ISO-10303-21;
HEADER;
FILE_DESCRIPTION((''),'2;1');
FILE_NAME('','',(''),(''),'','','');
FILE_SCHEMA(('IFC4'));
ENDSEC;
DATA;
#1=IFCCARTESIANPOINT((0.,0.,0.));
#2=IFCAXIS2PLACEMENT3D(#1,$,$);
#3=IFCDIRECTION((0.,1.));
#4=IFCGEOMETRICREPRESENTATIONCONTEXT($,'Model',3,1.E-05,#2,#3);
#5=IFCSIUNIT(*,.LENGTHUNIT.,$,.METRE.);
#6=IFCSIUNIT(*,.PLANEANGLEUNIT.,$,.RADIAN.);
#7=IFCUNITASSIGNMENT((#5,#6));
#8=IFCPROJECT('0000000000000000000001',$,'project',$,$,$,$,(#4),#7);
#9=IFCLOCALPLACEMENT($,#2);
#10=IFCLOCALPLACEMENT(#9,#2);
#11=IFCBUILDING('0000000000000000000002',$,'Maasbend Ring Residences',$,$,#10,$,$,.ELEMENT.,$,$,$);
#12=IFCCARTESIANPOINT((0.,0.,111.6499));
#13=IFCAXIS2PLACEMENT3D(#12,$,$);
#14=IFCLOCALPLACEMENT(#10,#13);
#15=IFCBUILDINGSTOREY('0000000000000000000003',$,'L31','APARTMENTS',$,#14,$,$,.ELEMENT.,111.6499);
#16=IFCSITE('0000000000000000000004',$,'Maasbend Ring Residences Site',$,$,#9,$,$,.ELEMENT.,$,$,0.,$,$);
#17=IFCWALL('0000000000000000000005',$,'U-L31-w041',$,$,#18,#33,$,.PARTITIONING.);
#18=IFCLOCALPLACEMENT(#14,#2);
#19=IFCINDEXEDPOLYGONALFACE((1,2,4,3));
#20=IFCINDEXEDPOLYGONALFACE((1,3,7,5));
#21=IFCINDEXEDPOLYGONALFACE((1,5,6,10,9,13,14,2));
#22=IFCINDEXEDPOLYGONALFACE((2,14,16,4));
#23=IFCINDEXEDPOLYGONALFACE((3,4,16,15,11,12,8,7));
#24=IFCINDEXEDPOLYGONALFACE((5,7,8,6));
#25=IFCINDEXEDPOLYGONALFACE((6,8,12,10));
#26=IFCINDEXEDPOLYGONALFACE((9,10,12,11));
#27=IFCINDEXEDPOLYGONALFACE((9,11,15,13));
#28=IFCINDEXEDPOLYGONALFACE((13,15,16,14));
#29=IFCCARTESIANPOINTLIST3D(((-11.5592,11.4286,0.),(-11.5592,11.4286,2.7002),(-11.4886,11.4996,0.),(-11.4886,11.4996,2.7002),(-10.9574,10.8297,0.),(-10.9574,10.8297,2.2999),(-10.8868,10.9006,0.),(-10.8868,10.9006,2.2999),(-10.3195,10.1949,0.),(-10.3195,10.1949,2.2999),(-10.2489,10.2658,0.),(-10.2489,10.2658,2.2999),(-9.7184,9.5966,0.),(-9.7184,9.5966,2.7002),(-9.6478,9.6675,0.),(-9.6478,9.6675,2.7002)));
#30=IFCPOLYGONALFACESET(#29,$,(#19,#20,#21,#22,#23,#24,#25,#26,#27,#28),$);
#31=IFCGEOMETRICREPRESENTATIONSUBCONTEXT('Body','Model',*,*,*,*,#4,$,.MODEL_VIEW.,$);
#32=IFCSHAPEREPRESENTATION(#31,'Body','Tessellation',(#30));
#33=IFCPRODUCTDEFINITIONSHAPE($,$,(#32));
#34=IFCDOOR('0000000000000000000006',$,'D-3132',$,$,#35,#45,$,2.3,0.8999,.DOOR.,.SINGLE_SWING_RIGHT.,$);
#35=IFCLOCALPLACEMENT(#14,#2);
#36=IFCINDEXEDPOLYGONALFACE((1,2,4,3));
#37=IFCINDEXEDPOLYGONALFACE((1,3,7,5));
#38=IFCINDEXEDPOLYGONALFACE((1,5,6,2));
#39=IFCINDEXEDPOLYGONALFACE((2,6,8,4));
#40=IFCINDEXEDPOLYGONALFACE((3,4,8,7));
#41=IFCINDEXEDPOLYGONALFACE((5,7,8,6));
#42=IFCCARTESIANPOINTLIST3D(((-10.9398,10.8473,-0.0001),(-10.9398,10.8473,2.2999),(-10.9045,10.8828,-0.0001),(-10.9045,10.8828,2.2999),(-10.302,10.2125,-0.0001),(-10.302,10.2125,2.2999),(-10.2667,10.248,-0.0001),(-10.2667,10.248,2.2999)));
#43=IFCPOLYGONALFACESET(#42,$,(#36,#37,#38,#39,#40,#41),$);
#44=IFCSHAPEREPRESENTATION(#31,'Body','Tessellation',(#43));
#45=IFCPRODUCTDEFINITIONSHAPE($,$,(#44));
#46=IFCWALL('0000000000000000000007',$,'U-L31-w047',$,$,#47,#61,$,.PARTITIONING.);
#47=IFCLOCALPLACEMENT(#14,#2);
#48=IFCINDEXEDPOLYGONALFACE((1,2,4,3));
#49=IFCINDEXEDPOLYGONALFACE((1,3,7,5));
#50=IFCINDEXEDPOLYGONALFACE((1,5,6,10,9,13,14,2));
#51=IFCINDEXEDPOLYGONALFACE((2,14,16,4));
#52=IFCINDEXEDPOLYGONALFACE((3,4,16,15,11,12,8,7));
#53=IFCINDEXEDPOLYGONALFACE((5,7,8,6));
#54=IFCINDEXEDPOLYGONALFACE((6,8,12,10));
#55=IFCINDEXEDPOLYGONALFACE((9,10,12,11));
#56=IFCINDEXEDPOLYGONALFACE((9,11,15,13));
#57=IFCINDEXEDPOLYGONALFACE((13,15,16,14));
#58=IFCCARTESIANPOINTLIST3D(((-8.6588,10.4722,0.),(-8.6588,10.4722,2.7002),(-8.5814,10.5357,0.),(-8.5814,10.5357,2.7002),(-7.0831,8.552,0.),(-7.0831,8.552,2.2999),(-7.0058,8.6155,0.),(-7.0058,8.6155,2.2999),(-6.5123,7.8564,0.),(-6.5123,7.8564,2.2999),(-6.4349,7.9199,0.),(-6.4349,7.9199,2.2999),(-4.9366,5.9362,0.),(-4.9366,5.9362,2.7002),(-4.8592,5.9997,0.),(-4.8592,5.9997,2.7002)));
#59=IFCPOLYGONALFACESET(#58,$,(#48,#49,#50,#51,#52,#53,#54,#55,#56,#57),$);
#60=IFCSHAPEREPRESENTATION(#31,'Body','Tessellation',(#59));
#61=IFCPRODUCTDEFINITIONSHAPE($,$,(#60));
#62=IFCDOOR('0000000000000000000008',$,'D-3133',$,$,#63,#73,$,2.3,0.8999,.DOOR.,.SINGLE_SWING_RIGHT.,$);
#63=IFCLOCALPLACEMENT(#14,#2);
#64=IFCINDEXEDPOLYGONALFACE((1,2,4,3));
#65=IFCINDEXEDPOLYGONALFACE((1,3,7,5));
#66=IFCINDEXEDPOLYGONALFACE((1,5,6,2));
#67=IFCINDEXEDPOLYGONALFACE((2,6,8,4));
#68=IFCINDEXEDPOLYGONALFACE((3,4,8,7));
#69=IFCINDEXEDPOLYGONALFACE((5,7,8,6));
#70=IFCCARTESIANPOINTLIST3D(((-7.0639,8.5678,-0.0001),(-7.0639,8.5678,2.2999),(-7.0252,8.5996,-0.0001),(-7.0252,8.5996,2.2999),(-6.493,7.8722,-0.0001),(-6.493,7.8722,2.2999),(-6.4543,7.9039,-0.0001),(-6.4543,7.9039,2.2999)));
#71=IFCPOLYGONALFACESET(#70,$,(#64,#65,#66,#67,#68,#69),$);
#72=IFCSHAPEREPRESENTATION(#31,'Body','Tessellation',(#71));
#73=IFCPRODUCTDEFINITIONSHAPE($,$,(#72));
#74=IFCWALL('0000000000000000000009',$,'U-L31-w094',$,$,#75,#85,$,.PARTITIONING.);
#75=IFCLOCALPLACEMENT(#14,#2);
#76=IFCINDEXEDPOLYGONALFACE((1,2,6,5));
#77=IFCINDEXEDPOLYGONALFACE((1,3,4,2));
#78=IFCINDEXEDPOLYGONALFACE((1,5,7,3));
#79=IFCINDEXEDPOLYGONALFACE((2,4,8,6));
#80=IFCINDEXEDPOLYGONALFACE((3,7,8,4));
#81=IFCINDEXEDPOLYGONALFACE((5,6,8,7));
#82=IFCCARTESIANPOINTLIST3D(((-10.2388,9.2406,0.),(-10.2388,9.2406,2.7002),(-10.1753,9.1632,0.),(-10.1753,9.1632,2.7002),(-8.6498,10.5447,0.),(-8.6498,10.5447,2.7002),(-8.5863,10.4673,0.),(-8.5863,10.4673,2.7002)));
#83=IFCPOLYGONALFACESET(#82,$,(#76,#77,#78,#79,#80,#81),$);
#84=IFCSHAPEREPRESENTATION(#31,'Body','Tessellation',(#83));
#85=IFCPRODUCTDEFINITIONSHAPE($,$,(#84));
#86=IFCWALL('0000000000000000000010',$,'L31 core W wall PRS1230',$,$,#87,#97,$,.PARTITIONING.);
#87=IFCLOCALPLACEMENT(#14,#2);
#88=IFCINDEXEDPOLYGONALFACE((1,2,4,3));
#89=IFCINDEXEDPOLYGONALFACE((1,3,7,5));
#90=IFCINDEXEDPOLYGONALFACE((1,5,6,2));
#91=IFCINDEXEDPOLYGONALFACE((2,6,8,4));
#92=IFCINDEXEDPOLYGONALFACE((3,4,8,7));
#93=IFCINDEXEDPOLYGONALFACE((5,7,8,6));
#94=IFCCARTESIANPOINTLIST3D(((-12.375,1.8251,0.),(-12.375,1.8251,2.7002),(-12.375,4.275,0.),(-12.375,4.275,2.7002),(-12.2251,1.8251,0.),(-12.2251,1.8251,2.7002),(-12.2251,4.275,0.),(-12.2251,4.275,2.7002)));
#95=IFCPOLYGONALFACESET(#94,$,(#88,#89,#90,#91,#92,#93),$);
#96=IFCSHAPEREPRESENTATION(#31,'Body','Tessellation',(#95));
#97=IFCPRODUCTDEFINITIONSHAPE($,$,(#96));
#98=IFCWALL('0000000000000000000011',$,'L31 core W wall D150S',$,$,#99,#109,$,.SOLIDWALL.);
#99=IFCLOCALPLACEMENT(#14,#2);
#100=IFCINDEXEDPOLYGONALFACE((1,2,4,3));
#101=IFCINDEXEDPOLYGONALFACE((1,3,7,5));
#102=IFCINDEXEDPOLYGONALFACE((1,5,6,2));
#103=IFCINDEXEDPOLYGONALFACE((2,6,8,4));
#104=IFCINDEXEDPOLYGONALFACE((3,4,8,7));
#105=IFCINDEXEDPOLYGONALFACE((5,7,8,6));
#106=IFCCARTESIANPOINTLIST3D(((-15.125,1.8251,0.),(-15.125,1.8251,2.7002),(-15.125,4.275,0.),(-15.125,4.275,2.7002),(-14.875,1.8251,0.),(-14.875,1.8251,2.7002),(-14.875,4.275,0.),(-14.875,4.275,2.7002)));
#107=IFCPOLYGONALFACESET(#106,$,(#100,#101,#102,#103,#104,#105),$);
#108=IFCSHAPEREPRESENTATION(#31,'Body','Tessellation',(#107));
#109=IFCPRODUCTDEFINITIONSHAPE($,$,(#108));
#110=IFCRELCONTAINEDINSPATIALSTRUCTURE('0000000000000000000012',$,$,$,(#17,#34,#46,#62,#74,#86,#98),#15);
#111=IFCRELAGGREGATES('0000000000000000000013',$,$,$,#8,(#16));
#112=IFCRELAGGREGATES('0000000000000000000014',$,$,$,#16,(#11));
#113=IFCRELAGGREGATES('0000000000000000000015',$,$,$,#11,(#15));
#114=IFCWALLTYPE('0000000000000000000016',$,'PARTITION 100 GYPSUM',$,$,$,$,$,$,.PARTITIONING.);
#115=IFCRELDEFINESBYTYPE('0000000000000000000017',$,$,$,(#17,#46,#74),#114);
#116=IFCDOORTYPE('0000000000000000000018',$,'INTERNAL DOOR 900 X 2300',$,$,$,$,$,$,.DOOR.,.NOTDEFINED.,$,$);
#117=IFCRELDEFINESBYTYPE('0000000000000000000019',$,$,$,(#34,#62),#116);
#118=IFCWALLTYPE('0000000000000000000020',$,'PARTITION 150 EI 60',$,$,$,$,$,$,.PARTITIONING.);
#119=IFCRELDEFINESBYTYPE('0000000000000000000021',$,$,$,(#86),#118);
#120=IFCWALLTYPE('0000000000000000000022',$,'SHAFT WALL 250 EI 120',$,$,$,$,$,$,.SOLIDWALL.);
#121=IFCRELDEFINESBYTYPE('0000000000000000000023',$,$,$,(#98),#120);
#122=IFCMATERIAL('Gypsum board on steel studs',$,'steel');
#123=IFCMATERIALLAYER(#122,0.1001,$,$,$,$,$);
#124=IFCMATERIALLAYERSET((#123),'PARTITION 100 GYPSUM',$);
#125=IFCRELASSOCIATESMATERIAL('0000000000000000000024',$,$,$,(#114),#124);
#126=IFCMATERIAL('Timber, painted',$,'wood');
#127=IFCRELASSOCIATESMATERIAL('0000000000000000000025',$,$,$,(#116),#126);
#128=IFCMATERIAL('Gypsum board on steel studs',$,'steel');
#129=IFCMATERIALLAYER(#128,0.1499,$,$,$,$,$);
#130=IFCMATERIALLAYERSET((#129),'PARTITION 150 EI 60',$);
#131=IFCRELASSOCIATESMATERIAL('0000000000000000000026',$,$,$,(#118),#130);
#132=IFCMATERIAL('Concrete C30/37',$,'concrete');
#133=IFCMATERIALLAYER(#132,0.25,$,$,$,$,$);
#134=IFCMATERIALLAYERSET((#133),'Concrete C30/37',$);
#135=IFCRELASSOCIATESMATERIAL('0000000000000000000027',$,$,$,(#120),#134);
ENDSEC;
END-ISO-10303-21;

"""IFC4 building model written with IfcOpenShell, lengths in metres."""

from ifc_helpers import new_model, si_unit, direction, frame, frame_2d, origin, place, context, subcontext, project, spatial, rectangle, extrude, material, layer, layer_set, type_object, element, fill, save


model = new_model("IFC4")

# Units and contexts
model_context = context("Model", 3, precision=1e-05, world=origin(), true_north=direction((0.0, 1.0)))
body_context = subcontext(model_context, "Body", "Model", "MODEL_VIEW")
ifc_project = project(units=[si_unit("LENGTHUNIT", "METRE"), si_unit("PLANEANGLEUNIT", "RADIAN")], contexts=[model_context])

# Site, building, storey
site_placement = place(None, origin())
site = spatial("IfcSite", under=ifc_project, at=site_placement, Name="Maasbend Ring Residences Site", CompositionType="ELEMENT", RefElevation=0.0)
building_placement = place(site_placement, origin())
building = spatial("IfcBuilding", under=site, at=building_placement, Name="Maasbend Ring Residences", CompositionType="ELEMENT")
storey_placement = place(building_placement, frame((0.0, 0.0, 111.6499)))
storey = spatial("IfcBuildingStorey", under=building, at=storey_placement, Name="L31", Description="APARTMENTS", CompositionType="ELEMENT", Elevation=111.6499)

# Walls, openings, doors
ifc_material_1 = material(Name="Gypsum board on steel studs", Category="steel")
ifc_layer_1 = layer(ifc_material_1, 0.1001)
ifc_layer_set_1 = layer_set([ifc_layer_1], Name="PARTITION 100 GYPSUM")
wall_type_1 = type_object("IfcWallType", Name="PARTITION 100 GYPSUM", PredefinedType="PARTITIONING", material=ifc_layer_set_1)
wall_1_placement = place(storey_placement, frame((-11.5239, 11.4641, 0.0), z_axis=(0.0, 0.0, 1.0), x_axis=(0.708797, -0.705413, 0.0)))
wall_1 = element("IfcWall", 1, at=wall_1_placement, inside=storey, type_object=wall_type_1, Name="U-L31-w041", PredefinedType="PARTITIONING", context=body_context, shape_type="SweptSolid", body=[
    extrude(rectangle(XDim=2.5972, YDim=0.1001, at=frame_2d((1.2986, 0.0))), origin(), (0.0, 0.0, 1.0), 2.7002),
])
opening_1_placement = place(wall_1_placement, frame((0.8491, 0.0, 0.0)))
opening_1 = element("IfcOpeningElement", 2, at=opening_1_placement, cuts=wall_1, PredefinedType="OPENING", context=body_context, shape_type="SweptSolid", body=[
    extrude(rectangle(XDim=0.8999, YDim=2.3, at=frame_2d((0.45, 1.1499))), frame((0.0, 0.0601, 0.0), z_axis=(0.0, -1.0, 0.0), x_axis=(1.0, 0.0, 0.0)), (0.0, 0.0, 1.0), 0.1201),
])
ifc_material_2 = material(Name="Timber, painted", Category="wood")
door_type_1 = type_object("IfcDoorType", Name="INTERNAL DOOR 900 X 2300", OperationType="NOTDEFINED", PredefinedType="DOOR", material=ifc_material_2)
door_1_placement = place(opening_1_placement, origin())
door_1 = element("IfcDoor", 3, at=door_1_placement, inside=storey, type_object=door_type_1, Name="D-3132", OperationType="SINGLE_SWING_RIGHT", OverallHeight=2.3, OverallWidth=0.8999, PredefinedType="DOOR", context=body_context, shape_type="SweptSolid", body=[
    extrude(rectangle(XDim=0.8999, YDim=2.3, at=frame_2d((0.45, 1.1499))), frame((0.0, 0.0249, 0.0), z_axis=(0.0, -1.0, 0.0), x_axis=(1.0, 0.0, 0.0)), (0.0, 0.0, 1.0), 0.05),
])
fill(opening_1, door_1)
wall_2_placement = place(storey_placement, frame((-8.6201, 10.5039, 0.0), z_axis=(0.0, 0.0, 1.0), x_axis=(0.634359, -0.773039, 0.0)))
wall_2 = element("IfcWall", 4, at=wall_2_placement, inside=storey, type_object=wall_type_1, Name="U-L31-w047", PredefinedType="PARTITIONING", context=body_context, shape_type="SweptSolid", body=[
    extrude(rectangle(XDim=5.8677, YDim=0.1001, at=frame_2d((2.9338, 0.0))), origin(), (0.0, 0.0, 1.0), 2.7002),
])
opening_2_placement = place(wall_2_placement, frame((2.4839, 0.0, 0.0)))
opening_2 = element("IfcOpeningElement", 5, at=opening_2_placement, cuts=wall_2, PredefinedType="OPENING", context=body_context, shape_type="SweptSolid", body=[
    extrude(rectangle(XDim=0.8999, YDim=2.3, at=frame_2d((0.45, 1.1499))), frame((0.0, 0.0601, 0.0), z_axis=(0.0, -1.0, 0.0), x_axis=(1.0, 0.0, 0.0)), (0.0, 0.0, 1.0), 0.1201),
])
door_2_placement = place(opening_2_placement, origin())
door_2 = element("IfcDoor", 6, at=door_2_placement, inside=storey, type_object=door_type_1, Name="D-3133", OperationType="SINGLE_SWING_RIGHT", OverallHeight=2.3, OverallWidth=0.8999, PredefinedType="DOOR", context=body_context, shape_type="SweptSolid", body=[
    extrude(rectangle(XDim=0.8999, YDim=2.3, at=frame_2d((0.45, 1.1499))), frame((0.0, 0.0249, 0.0), z_axis=(0.0, -1.0, 0.0), x_axis=(1.0, 0.0, 0.0)), (0.0, 0.0, 1.0), 0.05),
])
fill(opening_2, door_2)

# Walls
wall_3_placement = place(storey_placement, frame((-10.207, 9.2019, 0.0), z_axis=(0.0, 0.0, 1.0), x_axis=(0.772999, 0.634408, 0.0)))
element("IfcWall", 7, at=wall_3_placement, inside=storey, type_object=wall_type_1, Name="U-L31-w094", PredefinedType="PARTITIONING", context=body_context, shape_type="SweptSolid", body=[
    extrude(rectangle(XDim=2.0557, YDim=0.1001, at=frame_2d((1.0278, 0.0))), origin(), (0.0, 0.0, 1.0), 2.7002),
])
ifc_material_3 = material(Name="Gypsum board on steel studs", Category="steel")
ifc_layer_2 = layer(ifc_material_3, 0.1499)
ifc_layer_set_2 = layer_set([ifc_layer_2], Name="PARTITION 150 EI 60")
wall_type_2 = type_object("IfcWallType", Name="PARTITION 150 EI 60", PredefinedType="PARTITIONING", material=ifc_layer_set_2)
wall_4_placement = place(storey_placement, frame((-12.3, 1.825, 0.0), z_axis=(0.0, 0.0, 1.0), x_axis=(0.0, 1.0, 0.0)))
element("IfcWall", 8, at=wall_4_placement, inside=storey, type_object=wall_type_2, Name="L31 core W wall PRS1230", PredefinedType="PARTITIONING", context=body_context, shape_type="SweptSolid", body=[
    extrude(rectangle(XDim=2.45, YDim=0.1499, at=frame_2d((1.2251, 0.0))), origin(), (0.0, 0.0, 1.0), 2.7002),
])
ifc_material_4 = material(Name="Concrete C30/37", Category="concrete")
ifc_layer_3 = layer(ifc_material_4, 0.25)
ifc_layer_set_3 = layer_set([ifc_layer_3], Name="Concrete C30/37")
wall_type_3 = type_object("IfcWallType", Name="SHAFT WALL 250 EI 120", PredefinedType="SOLIDWALL", material=ifc_layer_set_3)
wall_5_placement = place(storey_placement, frame((-15.0, 1.825, 0.0), z_axis=(0.0, 0.0, 1.0), x_axis=(0.0, 1.0, 0.0)))
element("IfcWall", 9, at=wall_5_placement, inside=storey, type_object=wall_type_3, Name="L31 core W wall D150S", PredefinedType="SOLIDWALL", context=body_context, shape_type="SweptSolid", body=[
    extrude(rectangle(XDim=2.45, YDim=0.25, at=frame_2d((1.2251, 0.0))), origin(), (0.0, 0.0, 1.0), 2.7002),
])

save(model, "model.ifc")
